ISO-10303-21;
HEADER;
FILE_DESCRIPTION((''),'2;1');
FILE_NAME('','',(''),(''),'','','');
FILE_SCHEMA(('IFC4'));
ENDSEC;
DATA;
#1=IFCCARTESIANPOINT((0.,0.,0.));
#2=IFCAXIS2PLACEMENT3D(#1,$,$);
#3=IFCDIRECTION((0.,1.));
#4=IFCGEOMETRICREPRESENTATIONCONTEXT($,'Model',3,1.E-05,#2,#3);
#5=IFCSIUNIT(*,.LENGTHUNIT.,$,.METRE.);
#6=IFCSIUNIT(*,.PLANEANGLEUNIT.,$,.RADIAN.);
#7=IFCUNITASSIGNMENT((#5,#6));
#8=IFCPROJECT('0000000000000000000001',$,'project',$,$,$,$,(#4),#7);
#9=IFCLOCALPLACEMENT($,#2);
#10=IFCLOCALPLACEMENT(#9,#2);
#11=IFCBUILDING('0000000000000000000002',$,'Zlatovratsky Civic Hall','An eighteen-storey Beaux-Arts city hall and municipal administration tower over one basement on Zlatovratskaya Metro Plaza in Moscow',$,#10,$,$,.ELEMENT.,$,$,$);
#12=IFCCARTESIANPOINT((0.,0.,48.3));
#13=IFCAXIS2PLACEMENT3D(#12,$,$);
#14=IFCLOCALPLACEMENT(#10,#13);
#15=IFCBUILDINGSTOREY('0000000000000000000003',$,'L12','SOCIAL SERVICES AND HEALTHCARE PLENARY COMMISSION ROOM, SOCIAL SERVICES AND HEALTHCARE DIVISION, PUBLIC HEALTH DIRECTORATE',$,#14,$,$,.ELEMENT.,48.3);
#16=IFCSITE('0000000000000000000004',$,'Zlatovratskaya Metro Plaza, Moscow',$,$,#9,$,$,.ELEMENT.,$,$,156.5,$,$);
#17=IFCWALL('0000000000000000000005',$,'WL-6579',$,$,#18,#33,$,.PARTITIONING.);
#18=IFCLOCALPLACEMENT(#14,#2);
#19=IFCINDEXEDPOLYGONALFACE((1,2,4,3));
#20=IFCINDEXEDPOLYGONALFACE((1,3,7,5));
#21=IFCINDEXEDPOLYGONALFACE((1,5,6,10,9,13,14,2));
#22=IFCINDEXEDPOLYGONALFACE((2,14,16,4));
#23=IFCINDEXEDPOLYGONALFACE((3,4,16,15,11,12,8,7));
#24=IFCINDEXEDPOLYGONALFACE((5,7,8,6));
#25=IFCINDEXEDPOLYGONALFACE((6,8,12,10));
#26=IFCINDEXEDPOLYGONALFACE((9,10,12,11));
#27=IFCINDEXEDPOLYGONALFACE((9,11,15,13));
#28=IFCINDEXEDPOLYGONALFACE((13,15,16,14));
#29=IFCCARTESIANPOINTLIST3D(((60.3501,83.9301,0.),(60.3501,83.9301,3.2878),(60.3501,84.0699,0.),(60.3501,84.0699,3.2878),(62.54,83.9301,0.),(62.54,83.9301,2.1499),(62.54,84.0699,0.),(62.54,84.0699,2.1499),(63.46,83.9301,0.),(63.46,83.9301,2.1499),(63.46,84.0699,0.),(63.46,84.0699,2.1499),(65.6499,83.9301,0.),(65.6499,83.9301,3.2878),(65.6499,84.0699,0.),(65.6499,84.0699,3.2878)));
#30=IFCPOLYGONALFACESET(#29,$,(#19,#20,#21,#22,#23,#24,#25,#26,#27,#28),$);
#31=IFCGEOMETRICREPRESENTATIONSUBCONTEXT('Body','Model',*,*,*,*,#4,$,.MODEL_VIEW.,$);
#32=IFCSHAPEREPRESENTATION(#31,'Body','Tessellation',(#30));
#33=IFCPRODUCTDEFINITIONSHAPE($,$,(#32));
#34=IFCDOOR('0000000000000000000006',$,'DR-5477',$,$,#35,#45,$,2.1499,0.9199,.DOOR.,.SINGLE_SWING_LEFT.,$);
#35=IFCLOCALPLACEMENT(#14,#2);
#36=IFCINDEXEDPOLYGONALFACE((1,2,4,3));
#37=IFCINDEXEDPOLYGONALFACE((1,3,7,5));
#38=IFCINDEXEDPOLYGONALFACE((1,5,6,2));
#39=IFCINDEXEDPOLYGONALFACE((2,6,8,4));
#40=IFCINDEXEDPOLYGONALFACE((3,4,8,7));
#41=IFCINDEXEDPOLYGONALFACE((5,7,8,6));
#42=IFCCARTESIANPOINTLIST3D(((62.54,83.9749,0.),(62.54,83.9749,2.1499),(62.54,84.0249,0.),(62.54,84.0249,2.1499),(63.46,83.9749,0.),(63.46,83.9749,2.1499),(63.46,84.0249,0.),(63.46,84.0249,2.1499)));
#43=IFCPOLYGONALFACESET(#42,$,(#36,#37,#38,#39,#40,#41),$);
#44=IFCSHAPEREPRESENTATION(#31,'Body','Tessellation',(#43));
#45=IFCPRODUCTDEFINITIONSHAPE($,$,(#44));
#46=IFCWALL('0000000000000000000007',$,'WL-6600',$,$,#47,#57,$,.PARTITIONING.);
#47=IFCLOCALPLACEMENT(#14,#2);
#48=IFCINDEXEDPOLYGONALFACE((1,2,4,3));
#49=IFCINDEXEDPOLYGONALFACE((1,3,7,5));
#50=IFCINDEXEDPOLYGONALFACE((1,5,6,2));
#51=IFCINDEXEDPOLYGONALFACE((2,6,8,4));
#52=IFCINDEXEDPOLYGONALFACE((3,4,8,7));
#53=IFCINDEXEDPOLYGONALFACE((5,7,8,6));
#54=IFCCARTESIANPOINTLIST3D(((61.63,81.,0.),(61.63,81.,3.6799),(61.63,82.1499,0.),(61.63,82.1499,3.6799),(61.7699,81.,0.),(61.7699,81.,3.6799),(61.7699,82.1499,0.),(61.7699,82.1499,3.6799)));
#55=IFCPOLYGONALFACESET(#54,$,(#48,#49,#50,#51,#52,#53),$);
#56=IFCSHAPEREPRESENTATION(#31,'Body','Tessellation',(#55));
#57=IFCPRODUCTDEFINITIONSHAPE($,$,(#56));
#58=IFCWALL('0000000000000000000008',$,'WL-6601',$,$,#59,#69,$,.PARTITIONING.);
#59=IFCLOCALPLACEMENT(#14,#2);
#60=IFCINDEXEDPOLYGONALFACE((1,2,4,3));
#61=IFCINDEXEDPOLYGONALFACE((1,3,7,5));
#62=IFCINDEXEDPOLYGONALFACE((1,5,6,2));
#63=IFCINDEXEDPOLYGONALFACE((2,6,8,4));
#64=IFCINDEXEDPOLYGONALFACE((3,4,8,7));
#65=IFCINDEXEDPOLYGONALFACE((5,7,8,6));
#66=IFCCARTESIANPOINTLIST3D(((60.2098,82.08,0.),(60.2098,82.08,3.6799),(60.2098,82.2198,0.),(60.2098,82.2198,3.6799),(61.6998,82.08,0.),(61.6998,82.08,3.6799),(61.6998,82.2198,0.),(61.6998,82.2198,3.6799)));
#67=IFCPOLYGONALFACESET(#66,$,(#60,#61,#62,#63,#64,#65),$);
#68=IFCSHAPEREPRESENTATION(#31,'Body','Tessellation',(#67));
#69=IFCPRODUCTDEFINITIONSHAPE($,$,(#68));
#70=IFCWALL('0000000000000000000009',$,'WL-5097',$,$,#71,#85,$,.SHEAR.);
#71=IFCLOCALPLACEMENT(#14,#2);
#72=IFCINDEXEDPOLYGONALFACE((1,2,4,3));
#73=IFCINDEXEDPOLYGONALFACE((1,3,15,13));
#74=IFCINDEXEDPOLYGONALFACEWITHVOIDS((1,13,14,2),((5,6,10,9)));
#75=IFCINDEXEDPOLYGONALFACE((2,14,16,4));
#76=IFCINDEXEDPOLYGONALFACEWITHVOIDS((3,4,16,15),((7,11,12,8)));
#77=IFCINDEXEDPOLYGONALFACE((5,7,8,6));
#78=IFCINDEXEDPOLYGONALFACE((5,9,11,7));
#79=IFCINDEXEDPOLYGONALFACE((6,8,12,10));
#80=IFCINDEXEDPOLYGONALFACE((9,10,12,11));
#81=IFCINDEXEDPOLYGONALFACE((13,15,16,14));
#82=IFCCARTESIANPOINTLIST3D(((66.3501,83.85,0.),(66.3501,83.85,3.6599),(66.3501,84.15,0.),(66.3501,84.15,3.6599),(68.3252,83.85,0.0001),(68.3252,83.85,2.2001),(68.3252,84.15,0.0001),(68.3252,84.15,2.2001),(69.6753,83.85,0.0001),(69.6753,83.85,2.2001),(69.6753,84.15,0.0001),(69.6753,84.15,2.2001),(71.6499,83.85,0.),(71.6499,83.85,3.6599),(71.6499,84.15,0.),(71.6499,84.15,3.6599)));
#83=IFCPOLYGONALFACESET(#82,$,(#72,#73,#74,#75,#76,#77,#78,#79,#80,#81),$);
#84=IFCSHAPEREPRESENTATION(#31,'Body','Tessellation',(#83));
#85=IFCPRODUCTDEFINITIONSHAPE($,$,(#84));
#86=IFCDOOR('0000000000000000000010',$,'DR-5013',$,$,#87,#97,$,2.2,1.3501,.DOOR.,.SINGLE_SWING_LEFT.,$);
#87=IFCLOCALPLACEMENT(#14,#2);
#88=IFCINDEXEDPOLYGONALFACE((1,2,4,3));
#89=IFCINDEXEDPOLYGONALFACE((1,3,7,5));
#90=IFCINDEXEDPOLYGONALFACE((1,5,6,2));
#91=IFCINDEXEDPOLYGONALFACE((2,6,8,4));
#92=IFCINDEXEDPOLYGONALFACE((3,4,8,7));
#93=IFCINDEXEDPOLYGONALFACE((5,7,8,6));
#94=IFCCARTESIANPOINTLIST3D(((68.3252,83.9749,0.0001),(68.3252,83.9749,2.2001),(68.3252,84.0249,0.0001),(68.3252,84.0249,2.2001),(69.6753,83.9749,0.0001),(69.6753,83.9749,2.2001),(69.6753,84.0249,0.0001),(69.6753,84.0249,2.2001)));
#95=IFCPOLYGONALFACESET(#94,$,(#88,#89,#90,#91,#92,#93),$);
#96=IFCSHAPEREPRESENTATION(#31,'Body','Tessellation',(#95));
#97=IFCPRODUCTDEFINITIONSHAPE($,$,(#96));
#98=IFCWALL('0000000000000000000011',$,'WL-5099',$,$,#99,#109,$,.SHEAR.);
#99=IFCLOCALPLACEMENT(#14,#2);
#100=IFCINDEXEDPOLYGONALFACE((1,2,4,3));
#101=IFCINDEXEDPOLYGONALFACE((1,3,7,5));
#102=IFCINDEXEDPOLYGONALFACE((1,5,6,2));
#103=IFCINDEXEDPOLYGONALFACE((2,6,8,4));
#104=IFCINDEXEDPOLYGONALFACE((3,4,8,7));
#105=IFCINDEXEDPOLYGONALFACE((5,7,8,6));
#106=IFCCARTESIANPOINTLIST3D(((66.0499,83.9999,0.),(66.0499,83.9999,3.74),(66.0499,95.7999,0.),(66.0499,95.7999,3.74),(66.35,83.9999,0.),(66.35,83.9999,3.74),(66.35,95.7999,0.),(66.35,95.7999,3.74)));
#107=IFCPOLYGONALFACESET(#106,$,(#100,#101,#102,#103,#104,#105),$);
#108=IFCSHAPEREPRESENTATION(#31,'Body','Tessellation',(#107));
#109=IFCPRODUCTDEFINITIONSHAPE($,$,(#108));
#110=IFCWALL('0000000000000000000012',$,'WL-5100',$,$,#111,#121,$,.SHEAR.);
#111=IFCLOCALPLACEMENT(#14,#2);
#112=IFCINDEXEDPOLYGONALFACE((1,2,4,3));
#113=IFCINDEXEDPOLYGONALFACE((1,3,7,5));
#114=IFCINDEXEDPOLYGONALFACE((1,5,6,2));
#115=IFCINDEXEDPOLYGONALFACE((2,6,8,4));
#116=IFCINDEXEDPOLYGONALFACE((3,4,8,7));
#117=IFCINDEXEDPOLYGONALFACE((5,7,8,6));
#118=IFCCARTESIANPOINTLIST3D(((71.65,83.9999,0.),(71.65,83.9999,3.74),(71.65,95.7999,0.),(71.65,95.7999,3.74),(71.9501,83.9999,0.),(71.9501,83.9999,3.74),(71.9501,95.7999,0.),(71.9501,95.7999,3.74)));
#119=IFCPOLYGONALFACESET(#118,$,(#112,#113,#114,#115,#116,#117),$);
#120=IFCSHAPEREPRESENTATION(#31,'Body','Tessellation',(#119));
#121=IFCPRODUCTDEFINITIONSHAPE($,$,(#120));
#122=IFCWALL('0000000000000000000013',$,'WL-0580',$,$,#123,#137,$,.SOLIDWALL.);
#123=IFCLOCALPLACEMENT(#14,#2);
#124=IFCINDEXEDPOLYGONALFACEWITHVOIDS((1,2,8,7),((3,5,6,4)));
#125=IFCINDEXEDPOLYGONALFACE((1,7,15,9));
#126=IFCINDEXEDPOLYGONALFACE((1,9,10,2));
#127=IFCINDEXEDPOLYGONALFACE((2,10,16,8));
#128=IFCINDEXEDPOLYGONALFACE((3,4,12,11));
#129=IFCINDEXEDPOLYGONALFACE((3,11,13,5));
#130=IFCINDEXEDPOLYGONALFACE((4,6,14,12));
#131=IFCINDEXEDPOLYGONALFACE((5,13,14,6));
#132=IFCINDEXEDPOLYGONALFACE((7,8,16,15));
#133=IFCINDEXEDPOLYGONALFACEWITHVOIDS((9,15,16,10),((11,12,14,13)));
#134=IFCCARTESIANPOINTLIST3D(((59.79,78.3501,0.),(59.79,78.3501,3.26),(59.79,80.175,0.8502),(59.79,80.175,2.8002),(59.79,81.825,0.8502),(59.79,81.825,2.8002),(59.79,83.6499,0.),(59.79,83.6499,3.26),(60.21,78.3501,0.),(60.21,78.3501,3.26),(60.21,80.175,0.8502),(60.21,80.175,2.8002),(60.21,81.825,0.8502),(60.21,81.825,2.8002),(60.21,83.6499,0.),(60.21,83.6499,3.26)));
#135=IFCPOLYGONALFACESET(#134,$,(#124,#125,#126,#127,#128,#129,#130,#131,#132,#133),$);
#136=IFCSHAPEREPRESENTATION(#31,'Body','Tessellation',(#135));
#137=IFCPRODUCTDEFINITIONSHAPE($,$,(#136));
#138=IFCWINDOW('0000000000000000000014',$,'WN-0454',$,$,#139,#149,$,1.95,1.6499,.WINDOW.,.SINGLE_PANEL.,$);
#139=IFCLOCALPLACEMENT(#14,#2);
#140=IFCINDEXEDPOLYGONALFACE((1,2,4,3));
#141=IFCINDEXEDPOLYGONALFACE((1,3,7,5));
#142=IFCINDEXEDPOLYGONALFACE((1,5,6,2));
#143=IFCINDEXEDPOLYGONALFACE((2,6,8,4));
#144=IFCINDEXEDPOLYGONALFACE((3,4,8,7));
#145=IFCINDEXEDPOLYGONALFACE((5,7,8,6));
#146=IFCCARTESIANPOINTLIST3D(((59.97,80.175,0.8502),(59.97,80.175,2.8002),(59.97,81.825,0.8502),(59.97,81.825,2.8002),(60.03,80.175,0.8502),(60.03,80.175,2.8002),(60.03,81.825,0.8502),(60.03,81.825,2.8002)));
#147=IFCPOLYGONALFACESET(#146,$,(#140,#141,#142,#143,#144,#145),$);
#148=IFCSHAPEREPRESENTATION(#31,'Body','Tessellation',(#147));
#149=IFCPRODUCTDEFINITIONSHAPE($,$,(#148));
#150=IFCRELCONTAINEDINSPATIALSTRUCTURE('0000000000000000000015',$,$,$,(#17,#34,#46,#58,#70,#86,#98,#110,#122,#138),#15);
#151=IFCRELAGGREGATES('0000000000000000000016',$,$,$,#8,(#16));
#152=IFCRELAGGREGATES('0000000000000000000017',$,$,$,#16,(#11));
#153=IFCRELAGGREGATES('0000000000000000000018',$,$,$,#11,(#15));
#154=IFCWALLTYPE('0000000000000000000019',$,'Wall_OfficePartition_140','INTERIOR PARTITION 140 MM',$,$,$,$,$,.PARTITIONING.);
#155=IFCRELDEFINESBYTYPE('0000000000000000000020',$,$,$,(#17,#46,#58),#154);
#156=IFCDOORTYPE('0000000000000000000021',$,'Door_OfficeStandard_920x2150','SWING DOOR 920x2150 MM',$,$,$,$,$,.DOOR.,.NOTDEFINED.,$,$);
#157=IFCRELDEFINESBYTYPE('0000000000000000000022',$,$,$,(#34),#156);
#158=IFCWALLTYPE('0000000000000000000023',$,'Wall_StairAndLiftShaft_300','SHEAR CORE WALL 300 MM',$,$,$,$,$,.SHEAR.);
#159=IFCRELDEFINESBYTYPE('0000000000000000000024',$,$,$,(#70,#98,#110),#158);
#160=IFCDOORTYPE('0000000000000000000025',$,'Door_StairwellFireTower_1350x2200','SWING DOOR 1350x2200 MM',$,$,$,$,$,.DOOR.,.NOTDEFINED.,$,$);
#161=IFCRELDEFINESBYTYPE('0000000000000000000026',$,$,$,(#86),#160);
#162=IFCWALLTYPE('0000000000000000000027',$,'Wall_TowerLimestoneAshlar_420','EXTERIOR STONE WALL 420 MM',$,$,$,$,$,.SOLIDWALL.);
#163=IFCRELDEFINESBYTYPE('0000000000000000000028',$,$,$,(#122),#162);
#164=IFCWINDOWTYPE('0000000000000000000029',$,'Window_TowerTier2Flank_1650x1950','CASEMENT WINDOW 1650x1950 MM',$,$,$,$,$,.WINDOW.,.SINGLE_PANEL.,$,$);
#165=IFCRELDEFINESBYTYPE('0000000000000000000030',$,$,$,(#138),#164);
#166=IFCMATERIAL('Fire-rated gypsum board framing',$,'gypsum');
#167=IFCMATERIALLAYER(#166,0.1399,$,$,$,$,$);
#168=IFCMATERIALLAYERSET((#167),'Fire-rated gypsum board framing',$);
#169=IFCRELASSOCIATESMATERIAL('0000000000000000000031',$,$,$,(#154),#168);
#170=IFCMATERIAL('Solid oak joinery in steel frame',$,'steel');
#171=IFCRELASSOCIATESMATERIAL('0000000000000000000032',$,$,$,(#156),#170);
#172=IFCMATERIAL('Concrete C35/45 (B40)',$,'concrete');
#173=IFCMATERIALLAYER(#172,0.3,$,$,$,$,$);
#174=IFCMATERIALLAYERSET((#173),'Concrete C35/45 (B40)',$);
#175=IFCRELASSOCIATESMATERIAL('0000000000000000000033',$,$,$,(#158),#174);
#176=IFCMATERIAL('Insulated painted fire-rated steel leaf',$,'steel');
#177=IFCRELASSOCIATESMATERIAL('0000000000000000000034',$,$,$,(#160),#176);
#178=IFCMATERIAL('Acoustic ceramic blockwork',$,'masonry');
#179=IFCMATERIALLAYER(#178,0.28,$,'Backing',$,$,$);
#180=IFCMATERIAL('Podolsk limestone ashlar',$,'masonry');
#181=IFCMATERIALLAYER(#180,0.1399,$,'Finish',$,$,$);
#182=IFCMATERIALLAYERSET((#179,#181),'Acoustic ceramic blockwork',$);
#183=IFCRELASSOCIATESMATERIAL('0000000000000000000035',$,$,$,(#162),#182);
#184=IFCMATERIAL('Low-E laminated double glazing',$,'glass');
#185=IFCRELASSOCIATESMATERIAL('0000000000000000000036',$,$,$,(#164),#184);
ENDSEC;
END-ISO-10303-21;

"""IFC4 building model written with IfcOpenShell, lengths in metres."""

from ifc_helpers import new_model, si_unit, direction, frame, frame_2d, origin, place, context, subcontext, project, spatial, rectangle, extrude, material, layer, layer_set, type_object, element, fill, save


model = new_model("IFC4")

# Units and contexts
model_context = context("Model", 3, precision=1e-05, world=origin(), true_north=direction((0.0, 1.0)))
body_context = subcontext(model_context, "Body", "Model", "MODEL_VIEW")
ifc_project = project(units=[si_unit("LENGTHUNIT", "METRE"), si_unit("PLANEANGLEUNIT", "RADIAN")], contexts=[model_context])

# Site, building, storey
site_placement = place(None, origin())
site = spatial("IfcSite", under=ifc_project, at=site_placement, Name="Zlatovratskaya Metro Plaza, Moscow", CompositionType="ELEMENT", RefElevation=156.5)
building_placement = place(site_placement, origin())
building = spatial("IfcBuilding", under=site, at=building_placement, Name="Zlatovratsky Civic Hall", Description="An eighteen-storey Beaux-Arts city hall and municipal administration tower over one basement on Zlatovratskaya Metro Plaza in Moscow", CompositionType="ELEMENT")
storey_placement = place(building_placement, frame((0.0, 0.0, 48.3)))
storey = spatial("IfcBuildingStorey", under=building, at=storey_placement, Name="L12", Description="SOCIAL SERVICES AND HEALTHCARE PLENARY COMMISSION ROOM, SOCIAL SERVICES AND HEALTHCARE DIVISION, PUBLIC HEALTH DIRECTORATE", CompositionType="ELEMENT", Elevation=48.3)

# Shared definitions
ifc_material_1 = material(Name="Concrete C35/45 (B40)", Category="concrete")

# Shared definitions
ifc_material_2 = material(Name="Acoustic ceramic blockwork", Category="masonry")

# Wall, opening, door
ifc_material_3 = material(Name="Fire-rated gypsum board framing", Category="gypsum")
ifc_layer_1 = layer(ifc_material_3, 0.1399)
ifc_layer_set_1 = layer_set([ifc_layer_1], Name="Fire-rated gypsum board framing")
wall_type_1 = type_object("IfcWallType", Name="Wall_OfficePartition_140", Description="INTERIOR PARTITION 140 MM", PredefinedType="PARTITIONING", material=ifc_layer_set_1)
ifc_material_4 = material(Name="Solid oak joinery in steel frame", Category="steel")
wall_1_placement = place(storey_placement, frame((60.3501, 84.0, 0.0), z_axis=(0.0, 0.0, 1.0), x_axis=(1.0, 0.0, 0.0)))
wall_1 = element("IfcWall", 1, at=wall_1_placement, inside=storey, type_object=wall_type_1, Name="WL-6579", PredefinedType="PARTITIONING", context=body_context, shape_type="SweptSolid", body=[
    extrude(rectangle(XDim=5.2998, YDim=0.1399, at=frame_2d((2.6499, 0.0))), origin(), (0.0, 0.0, 1.0), 3.2878),
])
opening_1_placement = place(wall_1_placement, frame((2.1899, 0.0, 0.0)))
opening_1 = element("IfcOpeningElement", 2, at=opening_1_placement, cuts=wall_1, PredefinedType="OPENING", context=body_context, shape_type="SweptSolid", body=[
    extrude(rectangle(XDim=0.9199, YDim=2.1499, at=frame_2d((0.46, 1.075))), frame((0.0, 0.085, 0.0), z_axis=(0.0, -1.0, 0.0), x_axis=(1.0, 0.0, 0.0)), (0.0, 0.0, 1.0), 0.1697),
])
door_type_1 = type_object("IfcDoorType", Name="Door_OfficeStandard_920x2150", Description="SWING DOOR 920x2150 MM", OperationType="NOTDEFINED", PredefinedType="DOOR", material=ifc_material_4)
door_1_placement = place(opening_1_placement, origin())
door_1 = element("IfcDoor", 3, at=door_1_placement, inside=storey, type_object=door_type_1, Name="DR-5477", OperationType="SINGLE_SWING_LEFT", OverallHeight=2.1499, OverallWidth=0.9199, PredefinedType="DOOR", context=body_context, shape_type="SweptSolid", body=[
    extrude(rectangle(XDim=0.9199, YDim=2.1499, at=frame_2d((0.46, 1.075))), frame((0.0, 0.0249, 0.0), z_axis=(0.0, -1.0, 0.0), x_axis=(1.0, 0.0, 0.0)), (0.0, 0.0, 1.0), 0.05),
])
fill(opening_1, door_1)

# Walls
wall_2_placement = place(storey_placement, frame((61.7, 81.0, 0.0), z_axis=(0.0, 0.0, 1.0), x_axis=(0.0, 1.0, 0.0)))
element("IfcWall", 4, at=wall_2_placement, inside=storey, type_object=wall_type_1, Name="WL-6600", PredefinedType="PARTITIONING", context=body_context, shape_type="SweptSolid", body=[
    extrude(rectangle(XDim=1.1499, YDim=0.1399, at=frame_2d((0.575, 0.0))), origin(), (0.0, 0.0, 1.0), 3.6799),
])
wall_3_placement = place(storey_placement, frame((61.7, 82.1499, 0.0), z_axis=(0.0, 0.0, 1.0), x_axis=(-1.0, 0.0, 0.0)))
element("IfcWall", 5, at=wall_3_placement, inside=storey, type_object=wall_type_1, Name="WL-6601", PredefinedType="PARTITIONING", context=body_context, shape_type="SweptSolid", body=[
    extrude(rectangle(XDim=1.49, YDim=0.1399, at=frame_2d((0.7451, 0.0))), origin(), (0.0, 0.0, 1.0), 3.6799),
])

# Wall, opening, door
ifc_layer_2 = layer(ifc_material_1, 0.3)
ifc_layer_set_2 = layer_set([ifc_layer_2], Name="Concrete C35/45 (B40)")
wall_type_2 = type_object("IfcWallType", Name="Wall_StairAndLiftShaft_300", Description="SHEAR CORE WALL 300 MM", PredefinedType="SHEAR", material=ifc_layer_set_2)
wall_4_placement = place(storey_placement, frame((66.3501, 84.0, 0.0), z_axis=(0.0, 0.0, 1.0), x_axis=(1.0, 0.0, 0.0)))
wall_4 = element("IfcWall", 6, at=wall_4_placement, inside=storey, type_object=wall_type_2, Name="WL-5097", PredefinedType="SHEAR", context=body_context, shape_type="SweptSolid", body=[
    extrude(rectangle(XDim=5.2998, YDim=0.3, at=frame_2d((2.6499, 0.0))), origin(), (0.0, 0.0, 1.0), 3.6599),
])
opening_2_placement = place(wall_4_placement, frame((1.9751, 0.0, 0.0)))
opening_2 = element("IfcOpeningElement", 7, at=opening_2_placement, cuts=wall_4, PredefinedType="OPENING", context=body_context, shape_type="SweptSolid", body=[
    extrude(rectangle(XDim=1.3501, YDim=2.2, at=frame_2d((0.675, 1.1001))), frame((0.0, 0.165, 0.0), z_axis=(0.0, -1.0, 0.0), x_axis=(1.0, 0.0, 0.0)), (0.0, 0.0, 1.0), 0.3298),
])
ifc_material_5 = material(Name="Insulated painted fire-rated steel leaf", Category="steel")
door_type_2 = type_object("IfcDoorType", Name="Door_StairwellFireTower_1350x2200", Description="SWING DOOR 1350x2200 MM", OperationType="NOTDEFINED", PredefinedType="DOOR", material=ifc_material_5)
door_2_placement = place(opening_2_placement, origin())
door_2 = element("IfcDoor", 8, at=door_2_placement, inside=storey, type_object=door_type_2, Name="DR-5013", OperationType="SINGLE_SWING_LEFT", OverallHeight=2.2, OverallWidth=1.3501, PredefinedType="DOOR", context=body_context, shape_type="SweptSolid", body=[
    extrude(rectangle(XDim=1.3501, YDim=2.2, at=frame_2d((0.675, 1.1001))), frame((0.0, 0.0249, 0.0), z_axis=(0.0, -1.0, 0.0), x_axis=(1.0, 0.0, 0.0)), (0.0, 0.0, 1.0), 0.05),
])
fill(opening_2, door_2)

# Walls
for number, where, z_axis, x_axis, name in (
    (9, (66.2, 84.0, 0.0), (0.0, 0.0, 1.0), (0.0, 1.0, 0.0), "WL-5099"),
    (10, (71.8, 84.0, 0.0), (0.0, 0.0, 1.0), (0.0, 1.0, 0.0), "WL-5100"),
):
    element("IfcWall", number, at=place(storey_placement, frame(where, z_axis=z_axis, x_axis=x_axis)), inside=storey, type_object=wall_type_2, Name=name, PredefinedType="SHEAR", context=body_context, shape_type="SweptSolid", body=[
        extrude(rectangle(XDim=11.8, YDim=0.3, at=frame_2d((5.8999, 0.0))), origin(), (0.0, 0.0, 1.0), 3.74),
    ])

# Wall, opening, window
ifc_layer_3 = layer(ifc_material_2, 0.28, Name="Backing")
ifc_material_6 = material(Name="Podolsk limestone ashlar", Category="masonry")
ifc_layer_4 = layer(ifc_material_6, 0.1399, Name="Finish")
ifc_layer_set_3 = layer_set([ifc_layer_3, ifc_layer_4], Name="Acoustic ceramic blockwork")
wall_type_3 = type_object("IfcWallType", Name="Wall_TowerLimestoneAshlar_420", Description="EXTERIOR STONE WALL 420 MM", PredefinedType="SOLIDWALL", material=ifc_layer_set_3)
wall_5_placement = place(storey_placement, frame((60.0, 78.3501, 0.0), z_axis=(0.0, 0.0, 1.0), x_axis=(0.0, 1.0, 0.0)))
wall_5 = element("IfcWall", 11, at=wall_5_placement, inside=storey, type_object=wall_type_3, Name="WL-0580", PredefinedType="SOLIDWALL", context=body_context, shape_type="SweptSolid", body=[
    extrude(rectangle(XDim=5.2998, YDim=0.4199, at=frame_2d((2.6499, 0.0))), origin(), (0.0, 0.0, 1.0), 3.26),
])
opening_3_placement = place(wall_5_placement, frame((1.825, 0.0, 0.8501)))
opening_3 = element("IfcOpeningElement", 12, at=opening_3_placement, cuts=wall_5, PredefinedType="OPENING", context=body_context, shape_type="SweptSolid", body=[
    extrude(rectangle(XDim=1.6499, YDim=1.95, at=frame_2d((0.825, 0.9751))), frame((0.0, 0.2249, 0.0), z_axis=(0.0, -1.0, 0.0), x_axis=(1.0, 0.0, 0.0)), (0.0, 0.0, 1.0), 0.4497),
])
ifc_material_7 = material(Name="Low-E laminated double glazing", Category="glass")
window_type = type_object("IfcWindowType", Name="Window_TowerTier2Flank_1650x1950", Description="CASEMENT WINDOW 1650x1950 MM", PartitioningType="SINGLE_PANEL", PredefinedType="WINDOW", material=ifc_material_7)
window_1_placement = place(opening_3_placement, origin())
window_1 = element("IfcWindow", 13, at=window_1_placement, inside=storey, type_object=window_type, Name="WN-0454", OverallHeight=1.95, OverallWidth=1.6499, PartitioningType="SINGLE_PANEL", PredefinedType="WINDOW", context=body_context, shape_type="SweptSolid", body=[
    extrude(rectangle(XDim=1.6499, YDim=1.95, at=frame_2d((0.825, 0.9751))), frame((0.0, 0.03, 0.0), z_axis=(0.0, -1.0, 0.0), x_axis=(1.0, 0.0, 0.0)), (0.0, 0.0, 1.0), 0.0601),
])
fill(opening_3, window_1)

save(model, "model.ifc")
